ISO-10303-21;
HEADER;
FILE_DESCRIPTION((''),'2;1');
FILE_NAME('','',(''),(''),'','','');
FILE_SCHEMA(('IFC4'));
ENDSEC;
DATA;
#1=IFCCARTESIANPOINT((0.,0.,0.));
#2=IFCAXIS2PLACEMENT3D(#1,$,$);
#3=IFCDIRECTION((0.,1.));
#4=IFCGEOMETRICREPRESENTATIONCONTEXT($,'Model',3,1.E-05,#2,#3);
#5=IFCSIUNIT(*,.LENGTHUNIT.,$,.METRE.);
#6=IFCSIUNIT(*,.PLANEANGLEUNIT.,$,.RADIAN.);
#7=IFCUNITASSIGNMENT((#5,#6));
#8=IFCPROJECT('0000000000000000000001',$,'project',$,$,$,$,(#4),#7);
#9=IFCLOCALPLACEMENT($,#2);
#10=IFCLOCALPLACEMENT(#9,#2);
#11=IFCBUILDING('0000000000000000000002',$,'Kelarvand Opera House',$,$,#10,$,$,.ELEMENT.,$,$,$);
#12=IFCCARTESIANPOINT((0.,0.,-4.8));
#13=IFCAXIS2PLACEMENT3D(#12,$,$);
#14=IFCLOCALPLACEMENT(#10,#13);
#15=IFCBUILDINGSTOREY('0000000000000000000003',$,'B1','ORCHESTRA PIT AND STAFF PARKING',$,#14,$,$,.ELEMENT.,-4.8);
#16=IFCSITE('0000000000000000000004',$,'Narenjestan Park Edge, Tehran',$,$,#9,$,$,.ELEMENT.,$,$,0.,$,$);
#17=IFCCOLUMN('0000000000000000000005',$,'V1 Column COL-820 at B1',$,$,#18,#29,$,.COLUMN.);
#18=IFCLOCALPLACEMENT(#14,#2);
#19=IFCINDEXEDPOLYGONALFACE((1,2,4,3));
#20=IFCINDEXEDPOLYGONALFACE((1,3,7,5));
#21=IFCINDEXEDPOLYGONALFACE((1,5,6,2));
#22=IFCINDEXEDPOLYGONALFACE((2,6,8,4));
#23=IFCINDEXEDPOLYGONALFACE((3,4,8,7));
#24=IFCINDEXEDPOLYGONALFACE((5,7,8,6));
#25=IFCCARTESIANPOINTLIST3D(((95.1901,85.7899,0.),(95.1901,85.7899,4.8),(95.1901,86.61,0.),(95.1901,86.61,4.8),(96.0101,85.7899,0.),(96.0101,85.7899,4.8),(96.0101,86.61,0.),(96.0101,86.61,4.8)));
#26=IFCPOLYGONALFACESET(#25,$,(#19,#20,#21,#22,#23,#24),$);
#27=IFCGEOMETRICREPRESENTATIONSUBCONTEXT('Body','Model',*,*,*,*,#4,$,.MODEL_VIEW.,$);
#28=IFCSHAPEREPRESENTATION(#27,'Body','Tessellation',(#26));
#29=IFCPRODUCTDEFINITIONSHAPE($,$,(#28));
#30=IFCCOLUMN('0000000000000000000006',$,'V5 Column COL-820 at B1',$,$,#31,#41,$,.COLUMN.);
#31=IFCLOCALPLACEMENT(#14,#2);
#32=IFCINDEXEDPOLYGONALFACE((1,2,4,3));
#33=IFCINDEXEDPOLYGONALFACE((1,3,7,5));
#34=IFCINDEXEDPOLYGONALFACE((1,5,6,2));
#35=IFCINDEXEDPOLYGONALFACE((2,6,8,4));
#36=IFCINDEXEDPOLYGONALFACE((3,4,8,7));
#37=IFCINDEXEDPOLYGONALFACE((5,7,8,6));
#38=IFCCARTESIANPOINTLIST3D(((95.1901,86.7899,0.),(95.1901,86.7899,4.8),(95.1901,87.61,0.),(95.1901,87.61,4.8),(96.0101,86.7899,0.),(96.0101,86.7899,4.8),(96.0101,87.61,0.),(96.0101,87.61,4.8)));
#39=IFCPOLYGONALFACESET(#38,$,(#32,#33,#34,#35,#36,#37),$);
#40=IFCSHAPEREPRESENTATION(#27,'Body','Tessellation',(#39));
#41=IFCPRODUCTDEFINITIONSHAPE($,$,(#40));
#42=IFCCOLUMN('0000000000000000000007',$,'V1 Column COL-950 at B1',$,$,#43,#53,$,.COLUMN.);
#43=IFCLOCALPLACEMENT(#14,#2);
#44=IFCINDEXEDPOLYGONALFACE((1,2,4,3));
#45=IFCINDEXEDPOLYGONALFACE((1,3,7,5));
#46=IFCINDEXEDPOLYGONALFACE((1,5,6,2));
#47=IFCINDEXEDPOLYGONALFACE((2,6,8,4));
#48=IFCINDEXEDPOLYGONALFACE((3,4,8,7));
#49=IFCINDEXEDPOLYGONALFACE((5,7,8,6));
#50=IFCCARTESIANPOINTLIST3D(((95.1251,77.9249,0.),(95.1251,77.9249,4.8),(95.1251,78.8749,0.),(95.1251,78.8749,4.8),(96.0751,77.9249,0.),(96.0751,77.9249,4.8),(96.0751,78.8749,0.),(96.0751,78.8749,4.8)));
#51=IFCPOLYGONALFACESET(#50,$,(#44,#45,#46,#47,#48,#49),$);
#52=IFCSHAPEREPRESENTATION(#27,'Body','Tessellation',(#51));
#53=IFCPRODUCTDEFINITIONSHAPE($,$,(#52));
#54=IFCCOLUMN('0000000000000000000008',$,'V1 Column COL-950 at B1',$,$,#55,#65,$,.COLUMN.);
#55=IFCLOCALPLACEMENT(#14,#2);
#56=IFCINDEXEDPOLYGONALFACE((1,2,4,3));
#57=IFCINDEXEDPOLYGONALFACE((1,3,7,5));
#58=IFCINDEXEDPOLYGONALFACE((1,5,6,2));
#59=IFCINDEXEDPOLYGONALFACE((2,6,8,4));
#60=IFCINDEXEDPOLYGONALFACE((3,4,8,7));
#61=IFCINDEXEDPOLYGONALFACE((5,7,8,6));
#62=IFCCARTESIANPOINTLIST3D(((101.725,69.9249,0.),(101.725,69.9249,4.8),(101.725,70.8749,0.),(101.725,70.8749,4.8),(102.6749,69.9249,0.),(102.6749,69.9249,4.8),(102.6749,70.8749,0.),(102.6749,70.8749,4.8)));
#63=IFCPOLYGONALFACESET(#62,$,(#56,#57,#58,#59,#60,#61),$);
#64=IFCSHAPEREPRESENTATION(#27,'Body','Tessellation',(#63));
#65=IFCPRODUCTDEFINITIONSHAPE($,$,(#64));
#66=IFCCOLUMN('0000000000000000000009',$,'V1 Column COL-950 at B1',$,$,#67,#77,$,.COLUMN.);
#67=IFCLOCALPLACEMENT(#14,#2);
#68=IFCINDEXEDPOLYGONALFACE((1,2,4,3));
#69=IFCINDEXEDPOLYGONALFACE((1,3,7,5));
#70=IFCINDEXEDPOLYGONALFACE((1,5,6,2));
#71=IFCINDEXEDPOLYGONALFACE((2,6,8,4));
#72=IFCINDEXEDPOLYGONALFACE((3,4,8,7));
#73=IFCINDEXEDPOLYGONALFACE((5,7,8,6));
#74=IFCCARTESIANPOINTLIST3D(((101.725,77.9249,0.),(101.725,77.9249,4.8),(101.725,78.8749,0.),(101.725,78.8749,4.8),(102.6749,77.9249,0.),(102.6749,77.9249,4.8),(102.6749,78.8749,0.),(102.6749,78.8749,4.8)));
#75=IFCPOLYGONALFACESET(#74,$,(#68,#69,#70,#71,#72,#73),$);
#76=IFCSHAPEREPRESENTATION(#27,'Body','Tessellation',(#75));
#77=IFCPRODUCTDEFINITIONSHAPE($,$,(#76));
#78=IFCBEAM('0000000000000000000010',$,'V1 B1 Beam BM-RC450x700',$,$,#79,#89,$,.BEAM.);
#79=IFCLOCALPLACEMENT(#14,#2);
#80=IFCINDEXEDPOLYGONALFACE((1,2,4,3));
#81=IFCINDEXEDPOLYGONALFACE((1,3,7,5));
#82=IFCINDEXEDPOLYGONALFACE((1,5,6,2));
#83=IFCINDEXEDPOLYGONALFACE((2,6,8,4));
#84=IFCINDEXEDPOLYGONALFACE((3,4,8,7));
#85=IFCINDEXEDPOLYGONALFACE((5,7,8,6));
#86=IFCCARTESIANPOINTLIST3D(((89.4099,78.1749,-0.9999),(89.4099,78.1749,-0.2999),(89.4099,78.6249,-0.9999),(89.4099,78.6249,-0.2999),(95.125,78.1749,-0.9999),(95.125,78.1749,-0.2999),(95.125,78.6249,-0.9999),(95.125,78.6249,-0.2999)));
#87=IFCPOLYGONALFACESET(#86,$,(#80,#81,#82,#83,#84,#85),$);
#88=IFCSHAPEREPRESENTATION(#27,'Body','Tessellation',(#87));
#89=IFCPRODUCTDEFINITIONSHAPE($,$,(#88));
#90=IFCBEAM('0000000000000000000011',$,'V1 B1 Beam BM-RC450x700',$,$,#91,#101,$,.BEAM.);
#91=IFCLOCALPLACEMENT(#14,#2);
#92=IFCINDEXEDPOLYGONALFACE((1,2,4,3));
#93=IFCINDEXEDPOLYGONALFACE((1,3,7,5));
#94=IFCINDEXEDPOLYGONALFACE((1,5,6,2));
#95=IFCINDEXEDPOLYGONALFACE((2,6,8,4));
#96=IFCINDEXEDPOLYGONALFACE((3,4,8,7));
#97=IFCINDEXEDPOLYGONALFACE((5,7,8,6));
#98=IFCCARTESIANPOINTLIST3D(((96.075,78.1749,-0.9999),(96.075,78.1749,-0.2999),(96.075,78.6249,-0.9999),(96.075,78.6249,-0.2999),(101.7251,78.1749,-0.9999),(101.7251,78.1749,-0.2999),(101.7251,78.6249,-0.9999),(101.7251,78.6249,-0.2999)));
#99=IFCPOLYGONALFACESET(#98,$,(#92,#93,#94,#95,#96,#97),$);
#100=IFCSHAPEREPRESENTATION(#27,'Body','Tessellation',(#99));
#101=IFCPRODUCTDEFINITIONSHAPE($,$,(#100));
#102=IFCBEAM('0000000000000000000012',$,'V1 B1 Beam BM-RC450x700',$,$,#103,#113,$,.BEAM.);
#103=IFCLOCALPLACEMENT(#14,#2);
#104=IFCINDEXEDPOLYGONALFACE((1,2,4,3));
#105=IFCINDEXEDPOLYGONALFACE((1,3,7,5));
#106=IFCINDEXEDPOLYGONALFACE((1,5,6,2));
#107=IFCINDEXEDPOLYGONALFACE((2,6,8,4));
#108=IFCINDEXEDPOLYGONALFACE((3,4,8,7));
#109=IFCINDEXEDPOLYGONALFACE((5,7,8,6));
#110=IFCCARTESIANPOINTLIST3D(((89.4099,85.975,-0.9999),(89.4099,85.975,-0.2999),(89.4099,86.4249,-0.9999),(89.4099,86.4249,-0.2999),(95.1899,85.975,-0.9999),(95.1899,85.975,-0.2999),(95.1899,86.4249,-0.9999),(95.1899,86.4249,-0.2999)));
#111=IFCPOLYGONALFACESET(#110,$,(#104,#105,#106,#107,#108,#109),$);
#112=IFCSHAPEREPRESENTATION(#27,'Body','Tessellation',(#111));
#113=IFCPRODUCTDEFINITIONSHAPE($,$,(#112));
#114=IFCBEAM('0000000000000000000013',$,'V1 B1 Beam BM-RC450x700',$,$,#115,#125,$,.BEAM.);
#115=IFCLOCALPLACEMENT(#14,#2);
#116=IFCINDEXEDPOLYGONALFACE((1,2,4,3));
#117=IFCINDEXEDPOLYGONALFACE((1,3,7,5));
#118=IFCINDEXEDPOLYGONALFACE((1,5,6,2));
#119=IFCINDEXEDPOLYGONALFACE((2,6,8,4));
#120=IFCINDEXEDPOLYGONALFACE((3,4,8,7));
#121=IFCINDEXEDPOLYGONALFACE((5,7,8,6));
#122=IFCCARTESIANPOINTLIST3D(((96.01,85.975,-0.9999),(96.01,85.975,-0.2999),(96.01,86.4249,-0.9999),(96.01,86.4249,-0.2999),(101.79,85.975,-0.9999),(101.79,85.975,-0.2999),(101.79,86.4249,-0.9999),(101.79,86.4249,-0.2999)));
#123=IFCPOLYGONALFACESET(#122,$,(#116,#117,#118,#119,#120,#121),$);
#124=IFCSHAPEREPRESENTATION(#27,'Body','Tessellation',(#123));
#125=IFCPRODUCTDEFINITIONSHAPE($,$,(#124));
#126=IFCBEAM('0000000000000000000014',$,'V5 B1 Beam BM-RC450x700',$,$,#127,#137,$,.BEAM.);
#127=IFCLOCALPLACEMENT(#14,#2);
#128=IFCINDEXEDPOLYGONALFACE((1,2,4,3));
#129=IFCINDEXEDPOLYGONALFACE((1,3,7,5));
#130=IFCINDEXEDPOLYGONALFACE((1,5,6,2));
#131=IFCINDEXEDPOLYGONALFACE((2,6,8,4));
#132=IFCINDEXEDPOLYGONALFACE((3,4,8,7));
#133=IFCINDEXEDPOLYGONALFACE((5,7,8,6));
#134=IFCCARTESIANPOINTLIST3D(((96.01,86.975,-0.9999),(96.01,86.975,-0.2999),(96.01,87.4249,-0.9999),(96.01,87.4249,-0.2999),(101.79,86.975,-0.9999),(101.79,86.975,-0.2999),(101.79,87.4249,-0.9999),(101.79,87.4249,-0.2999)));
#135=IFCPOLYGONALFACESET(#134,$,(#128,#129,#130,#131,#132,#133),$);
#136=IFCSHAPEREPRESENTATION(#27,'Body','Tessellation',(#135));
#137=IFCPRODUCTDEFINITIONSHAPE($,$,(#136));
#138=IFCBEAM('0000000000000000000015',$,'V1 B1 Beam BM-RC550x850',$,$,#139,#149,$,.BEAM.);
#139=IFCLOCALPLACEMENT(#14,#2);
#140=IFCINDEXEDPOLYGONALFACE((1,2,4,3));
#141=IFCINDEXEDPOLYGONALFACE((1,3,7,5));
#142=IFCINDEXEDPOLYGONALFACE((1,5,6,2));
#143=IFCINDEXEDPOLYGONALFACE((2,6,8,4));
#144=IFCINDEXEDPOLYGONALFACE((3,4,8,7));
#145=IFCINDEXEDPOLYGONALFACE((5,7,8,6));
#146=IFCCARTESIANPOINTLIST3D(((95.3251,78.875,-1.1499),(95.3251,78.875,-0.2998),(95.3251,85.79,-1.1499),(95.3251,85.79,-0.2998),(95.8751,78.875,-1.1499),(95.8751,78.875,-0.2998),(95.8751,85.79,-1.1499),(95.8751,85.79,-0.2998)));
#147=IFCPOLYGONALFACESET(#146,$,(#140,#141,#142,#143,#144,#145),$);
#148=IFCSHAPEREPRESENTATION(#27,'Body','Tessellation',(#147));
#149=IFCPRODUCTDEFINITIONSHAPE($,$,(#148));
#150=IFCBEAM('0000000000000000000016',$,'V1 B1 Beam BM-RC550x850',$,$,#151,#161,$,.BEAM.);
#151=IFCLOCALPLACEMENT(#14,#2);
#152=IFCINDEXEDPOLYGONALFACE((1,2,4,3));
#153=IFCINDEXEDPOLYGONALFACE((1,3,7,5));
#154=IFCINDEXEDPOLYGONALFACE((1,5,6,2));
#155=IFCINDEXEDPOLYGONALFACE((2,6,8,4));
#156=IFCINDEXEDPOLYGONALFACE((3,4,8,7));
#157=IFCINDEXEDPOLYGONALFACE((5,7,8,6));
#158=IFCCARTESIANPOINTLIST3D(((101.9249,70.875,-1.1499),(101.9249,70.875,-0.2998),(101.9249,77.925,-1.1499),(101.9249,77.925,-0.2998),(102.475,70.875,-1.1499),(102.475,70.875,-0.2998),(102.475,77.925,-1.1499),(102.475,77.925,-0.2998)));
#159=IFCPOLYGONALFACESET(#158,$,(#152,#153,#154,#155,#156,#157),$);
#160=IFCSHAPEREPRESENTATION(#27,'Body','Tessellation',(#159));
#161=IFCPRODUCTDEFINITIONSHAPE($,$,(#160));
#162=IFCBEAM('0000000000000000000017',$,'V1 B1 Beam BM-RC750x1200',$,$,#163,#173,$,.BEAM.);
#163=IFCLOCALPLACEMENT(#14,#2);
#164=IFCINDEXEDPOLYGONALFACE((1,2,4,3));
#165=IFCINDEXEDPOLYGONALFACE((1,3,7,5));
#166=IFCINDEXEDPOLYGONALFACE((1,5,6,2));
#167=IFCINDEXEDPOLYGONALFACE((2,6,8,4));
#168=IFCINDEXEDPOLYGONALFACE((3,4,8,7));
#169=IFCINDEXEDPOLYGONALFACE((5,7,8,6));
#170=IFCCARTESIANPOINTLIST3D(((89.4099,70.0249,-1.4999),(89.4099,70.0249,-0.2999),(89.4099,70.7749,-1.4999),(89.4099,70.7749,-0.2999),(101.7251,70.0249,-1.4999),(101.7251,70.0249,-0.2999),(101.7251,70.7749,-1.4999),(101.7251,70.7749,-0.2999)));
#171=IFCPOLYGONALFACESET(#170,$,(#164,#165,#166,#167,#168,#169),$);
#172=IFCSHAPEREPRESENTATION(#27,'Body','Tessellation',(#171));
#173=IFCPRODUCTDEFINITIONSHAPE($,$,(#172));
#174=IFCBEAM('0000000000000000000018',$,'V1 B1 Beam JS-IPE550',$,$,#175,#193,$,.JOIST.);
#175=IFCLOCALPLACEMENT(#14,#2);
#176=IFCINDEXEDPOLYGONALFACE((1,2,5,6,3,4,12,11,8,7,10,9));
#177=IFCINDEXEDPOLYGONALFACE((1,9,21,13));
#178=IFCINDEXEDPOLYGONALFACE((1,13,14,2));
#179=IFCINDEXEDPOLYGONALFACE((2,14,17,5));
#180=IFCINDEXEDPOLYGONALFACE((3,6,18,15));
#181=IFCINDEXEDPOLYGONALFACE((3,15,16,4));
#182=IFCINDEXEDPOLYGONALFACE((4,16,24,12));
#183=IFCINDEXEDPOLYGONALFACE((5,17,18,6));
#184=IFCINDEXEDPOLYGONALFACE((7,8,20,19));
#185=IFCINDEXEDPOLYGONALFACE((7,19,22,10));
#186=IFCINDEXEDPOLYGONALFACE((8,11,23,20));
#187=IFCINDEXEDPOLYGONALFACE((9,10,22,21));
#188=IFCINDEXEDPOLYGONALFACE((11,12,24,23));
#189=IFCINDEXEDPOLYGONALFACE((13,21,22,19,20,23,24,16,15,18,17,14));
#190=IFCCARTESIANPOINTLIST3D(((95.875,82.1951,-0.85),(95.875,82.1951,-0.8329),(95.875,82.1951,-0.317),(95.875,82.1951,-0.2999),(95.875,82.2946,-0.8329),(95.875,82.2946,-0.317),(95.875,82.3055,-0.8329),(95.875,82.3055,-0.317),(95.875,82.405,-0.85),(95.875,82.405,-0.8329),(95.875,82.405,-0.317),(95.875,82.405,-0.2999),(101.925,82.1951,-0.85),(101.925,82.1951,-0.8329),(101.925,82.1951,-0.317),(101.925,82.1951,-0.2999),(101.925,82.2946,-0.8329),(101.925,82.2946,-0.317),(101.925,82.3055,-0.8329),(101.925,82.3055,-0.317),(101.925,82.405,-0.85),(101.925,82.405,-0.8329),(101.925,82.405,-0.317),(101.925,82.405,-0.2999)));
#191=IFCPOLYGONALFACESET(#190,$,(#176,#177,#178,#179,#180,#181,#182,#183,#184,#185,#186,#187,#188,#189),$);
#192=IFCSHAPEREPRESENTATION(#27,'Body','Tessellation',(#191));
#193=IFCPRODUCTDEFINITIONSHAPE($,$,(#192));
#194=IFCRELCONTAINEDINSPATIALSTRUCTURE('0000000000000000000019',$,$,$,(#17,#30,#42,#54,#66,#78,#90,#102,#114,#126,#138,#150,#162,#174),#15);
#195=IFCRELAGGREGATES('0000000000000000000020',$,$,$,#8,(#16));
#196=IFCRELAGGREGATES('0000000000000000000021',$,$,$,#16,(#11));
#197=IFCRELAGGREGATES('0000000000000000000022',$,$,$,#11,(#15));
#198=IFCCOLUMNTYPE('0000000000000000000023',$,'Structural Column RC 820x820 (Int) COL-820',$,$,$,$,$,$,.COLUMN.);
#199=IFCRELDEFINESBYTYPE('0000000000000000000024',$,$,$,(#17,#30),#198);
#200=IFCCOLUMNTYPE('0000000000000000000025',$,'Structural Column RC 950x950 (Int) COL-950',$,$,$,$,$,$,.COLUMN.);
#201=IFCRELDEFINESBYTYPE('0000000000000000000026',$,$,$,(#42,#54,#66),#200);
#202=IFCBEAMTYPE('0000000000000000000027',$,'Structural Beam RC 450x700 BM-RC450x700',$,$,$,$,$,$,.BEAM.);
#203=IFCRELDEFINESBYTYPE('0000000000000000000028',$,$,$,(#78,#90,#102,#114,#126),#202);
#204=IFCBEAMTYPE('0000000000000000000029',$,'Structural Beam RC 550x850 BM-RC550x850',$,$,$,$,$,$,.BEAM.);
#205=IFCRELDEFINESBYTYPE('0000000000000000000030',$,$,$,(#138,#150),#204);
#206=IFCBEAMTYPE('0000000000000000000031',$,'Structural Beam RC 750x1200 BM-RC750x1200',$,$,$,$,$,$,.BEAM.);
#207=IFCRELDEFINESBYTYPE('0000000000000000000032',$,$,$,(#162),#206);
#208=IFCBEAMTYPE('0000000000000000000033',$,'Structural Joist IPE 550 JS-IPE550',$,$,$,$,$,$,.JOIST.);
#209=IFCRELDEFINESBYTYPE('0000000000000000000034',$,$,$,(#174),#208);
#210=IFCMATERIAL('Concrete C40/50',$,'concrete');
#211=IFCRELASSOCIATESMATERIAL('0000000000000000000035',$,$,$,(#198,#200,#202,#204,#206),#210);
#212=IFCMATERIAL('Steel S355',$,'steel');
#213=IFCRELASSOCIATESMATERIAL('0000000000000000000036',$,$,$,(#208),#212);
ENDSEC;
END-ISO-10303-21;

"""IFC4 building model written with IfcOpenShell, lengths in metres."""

from ifc_helpers import new_model, si_unit, direction, frame, origin, origin_2d, place, context, subcontext, project, spatial, rectangle, i_section, extrude, material, material_profile, profile_set, type_object, element, save


model = new_model("IFC4")

# Units and contexts
model_context = context("Model", 3, precision=1e-05, world=origin(), true_north=direction((0.0, 1.0)))
body_context = subcontext(model_context, "Body", "Model", "MODEL_VIEW")
ifc_project = project(units=[si_unit("LENGTHUNIT", "METRE"), si_unit("PLANEANGLEUNIT", "RADIAN")], contexts=[model_context])

# Site, building, storey
site_placement = place(None, origin())
site = spatial("IfcSite", under=ifc_project, at=site_placement, Name="Narenjestan Park Edge, Tehran", CompositionType="ELEMENT", RefElevation=0.0)
building_placement = place(site_placement, origin())
building = spatial("IfcBuilding", under=site, at=building_placement, Name="Kelarvand Opera House", CompositionType="ELEMENT")
storey_placement = place(building_placement, frame((0.0, 0.0, -4.8)))
storey = spatial("IfcBuildingStorey", under=building, at=storey_placement, Name="B1", Description="ORCHESTRA PIT AND STAFF PARKING", CompositionType="ELEMENT", Elevation=-4.8)

# Columns
ifc_material_1 = material(Name="Concrete C40/50", Category="concrete")
ifc_material_profile_1 = material_profile(ifc_material_1, rectangle(XDim=0.8201, YDim=0.8201, at=origin_2d()), Name="RC 820x820", Category="concrete")
ifc_profile_set_1 = profile_set([ifc_material_profile_1], Name="Concrete C40/50")
column_type_1 = type_object("IfcColumnType", Name="Structural Column RC 820x820 (Int) COL-820", PredefinedType="COLUMN", material=ifc_profile_set_1)
for number, where, z_axis, x_axis, name in (
    (1, (95.6001, 86.2, 0.0), (0.0, 0.0, 1.0), (1.0, 0.0, 0.0), "V1 Column COL-820 at B1"),
    (2, (95.6001, 87.2, 0.0), (0.0, 0.0, 1.0), (1.0, 0.0, 0.0), "V5 Column COL-820 at B1"),
):
    element("IfcColumn", number, at=place(storey_placement, frame(where, z_axis=z_axis, x_axis=x_axis)), inside=storey, type_object=column_type_1, Name=name, PredefinedType="COLUMN", context=body_context, shape_type="SweptSolid", body=[
        extrude(rectangle(XDim=0.8201, YDim=0.8201, at=origin_2d()), origin(), (0.0, 0.0, 1.0), 4.8),
    ])
ifc_material_profile_2 = material_profile(ifc_material_1, rectangle(XDim=0.95, YDim=0.95, at=origin_2d()), Name="RC 950x950", Category="concrete")
ifc_profile_set_2 = profile_set([ifc_material_profile_2], Name="Concrete C40/50")
column_type_2 = type_object("IfcColumnType", Name="Structural Column RC 950x950 (Int) COL-950", PredefinedType="COLUMN", material=ifc_profile_set_2)
for number, where, z_axis, x_axis, name in (
    (3, (95.6001, 78.3999, 0.0), (0.0, 0.0, 1.0), (1.0, 0.0, 0.0), "V1 Column COL-950 at B1"),
    (4, (102.2, 70.3999, 0.0), (0.0, 0.0, 1.0), (1.0, 0.0, 0.0), "V1 Column COL-950 at B1"),
    (5, (102.2, 78.3999, 0.0), (0.0, 0.0, 1.0), (1.0, 0.0, 0.0), "V1 Column COL-950 at B1"),
):
    element("IfcColumn", number, at=place(storey_placement, frame(where, z_axis=z_axis, x_axis=x_axis)), inside=storey, type_object=column_type_2, Name=name, PredefinedType="COLUMN", context=body_context, shape_type="SweptSolid", body=[
        extrude(rectangle(XDim=0.95, YDim=0.95, at=origin_2d()), origin(), (0.0, 0.0, 1.0), 4.8),
    ])

# Beams
ifc_material_profile_3 = material_profile(ifc_material_1, rectangle(XDim=0.45, YDim=0.7, at=origin_2d()), Name="RC 450x700", Category="concrete")
ifc_profile_set_3 = profile_set([ifc_material_profile_3], Name="Concrete C40/50")
beam_type_1 = type_object("IfcBeamType", Name="Structural Beam RC 450x700 BM-RC450x700", PredefinedType="BEAM", material=ifc_profile_set_3)
beam_1_placement = place(storey_placement, frame((89.4099, 78.3999, -0.6499), z_axis=(1.0, 0.0, 0.0), x_axis=(0.0, 1.0, 0.0)))
element("IfcBeam", 6, at=beam_1_placement, inside=storey, type_object=beam_type_1, Name="V1 B1 Beam BM-RC450x700", PredefinedType="BEAM", context=body_context, shape_type="SweptSolid", body=[
    extrude(rectangle(XDim=0.45, YDim=0.7, at=origin_2d()), origin(), (0.0, 0.0, 1.0), 5.7151),
])
beam_2_placement = place(storey_placement, frame((96.075, 78.3999, -0.6499), z_axis=(1.0, 0.0, 0.0), x_axis=(0.0, 1.0, 0.0)))
element("IfcBeam", 7, at=beam_2_placement, inside=storey, type_object=beam_type_1, Name="V1 B1 Beam BM-RC450x700", PredefinedType="BEAM", context=body_context, shape_type="SweptSolid", body=[
    extrude(rectangle(XDim=0.45, YDim=0.7, at=origin_2d()), origin(), (0.0, 0.0, 1.0), 5.6501),
])
for number, where, z_axis, x_axis, name in (
    (8, (89.4099, 86.2, -0.6499), (1.0, 0.0, 0.0), (0.0, 1.0, 0.0), "V1 B1 Beam BM-RC450x700"),
    (9, (96.01, 86.2, -0.6499), (1.0, 0.0, 0.0), (0.0, 1.0, 0.0), "V1 B1 Beam BM-RC450x700"),
    (10, (96.01, 87.2, -0.6499), (1.0, 0.0, 0.0), (0.0, 1.0, 0.0), "V5 B1 Beam BM-RC450x700"),
):
    element("IfcBeam", number, at=place(storey_placement, frame(where, z_axis=z_axis, x_axis=x_axis)), inside=storey, type_object=beam_type_1, Name=name, PredefinedType="BEAM", context=body_context, shape_type="SweptSolid", body=[
        extrude(rectangle(XDim=0.45, YDim=0.7, at=origin_2d()), origin(), (0.0, 0.0, 1.0), 5.78),
    ])
ifc_material_profile_4 = material_profile(ifc_material_1, rectangle(XDim=0.55, YDim=0.8501, at=origin_2d()), Name="RC 550x850", Category="concrete")
ifc_profile_set_4 = profile_set([ifc_material_profile_4], Name="Concrete C40/50")
beam_type_2 = type_object("IfcBeamType", Name="Structural Beam RC 550x850 BM-RC550x850", PredefinedType="BEAM", material=ifc_profile_set_4)
beam_3_placement = place(storey_placement, frame((95.6001, 78.875, -0.7249), z_axis=(0.0, 1.0, 0.0), x_axis=(-1.0, 0.0, 0.0)))
element("IfcBeam", 11, at=beam_3_placement, inside=storey, type_object=beam_type_2, Name="V1 B1 Beam BM-RC550x850", PredefinedType="BEAM", context=body_context, shape_type="SweptSolid", body=[
    extrude(rectangle(XDim=0.55, YDim=0.8501, at=origin_2d()), origin(), (0.0, 0.0, 1.0), 6.915),
])
beam_4_placement = place(storey_placement, frame((102.2, 70.875, -0.7249), z_axis=(0.0, 1.0, 0.0), x_axis=(-1.0, 0.0, 0.0)))
element("IfcBeam", 12, at=beam_4_placement, inside=storey, type_object=beam_type_2, Name="V1 B1 Beam BM-RC550x850", PredefinedType="BEAM", context=body_context, shape_type="SweptSolid", body=[
    extrude(rectangle(XDim=0.55, YDim=0.8501, at=origin_2d()), origin(), (0.0, 0.0, 1.0), 7.05),
])
ifc_material_profile_5 = material_profile(ifc_material_1, rectangle(XDim=0.75, YDim=1.2, at=origin_2d()), Name="RC 750x1200", Category="concrete")
ifc_profile_set_5 = profile_set([ifc_material_profile_5], Name="Concrete C40/50")
beam_type_3 = type_object("IfcBeamType", Name="Structural Beam RC 750x1200 BM-RC750x1200", PredefinedType="BEAM", material=ifc_profile_set_5)
beam_5_placement = place(storey_placement, frame((89.4099, 70.3999, -0.8999), z_axis=(1.0, 0.0, 0.0), x_axis=(0.0, 1.0, 0.0)))
element("IfcBeam", 13, at=beam_5_placement, inside=storey, type_object=beam_type_3, Name="V1 B1 Beam BM-RC750x1200", PredefinedType="BEAM", context=body_context, shape_type="SweptSolid", body=[
    extrude(rectangle(XDim=0.75, YDim=1.2, at=origin_2d()), origin(), (0.0, 0.0, 1.0), 12.3152),
])
ifc_material_2 = material(Name="Steel S355", Category="steel")
ifc_material_profile_6 = material_profile(ifc_material_2, i_section(OverallWidth=0.21, OverallDepth=0.55, WebThickness=0.011, FlangeThickness=0.0171, at=origin_2d()), Name="IPE 550", Category="steel")
ifc_profile_set_6 = profile_set([ifc_material_profile_6], Name="Steel S355")
beam_type_4 = type_object("IfcBeamType", Name="Structural Joist IPE 550 JS-IPE550", PredefinedType="JOIST", material=ifc_profile_set_6)
beam_6_placement = place(storey_placement, frame((95.875, 82.3, -0.575), z_axis=(1.0, 0.0, 0.0), x_axis=(0.0, 1.0, 0.0)))
element("IfcBeam", 14, at=beam_6_placement, inside=storey, type_object=beam_type_4, Name="V1 B1 Beam JS-IPE550", PredefinedType="JOIST", context=body_context, shape_type="SweptSolid", body=[
    extrude(i_section(OverallWidth=0.21, OverallDepth=0.55, WebThickness=0.011, FlangeThickness=0.0171, at=origin_2d()), origin(), (0.0, 0.0, 1.0), 6.05),
])

save(model, "model.ifc")
